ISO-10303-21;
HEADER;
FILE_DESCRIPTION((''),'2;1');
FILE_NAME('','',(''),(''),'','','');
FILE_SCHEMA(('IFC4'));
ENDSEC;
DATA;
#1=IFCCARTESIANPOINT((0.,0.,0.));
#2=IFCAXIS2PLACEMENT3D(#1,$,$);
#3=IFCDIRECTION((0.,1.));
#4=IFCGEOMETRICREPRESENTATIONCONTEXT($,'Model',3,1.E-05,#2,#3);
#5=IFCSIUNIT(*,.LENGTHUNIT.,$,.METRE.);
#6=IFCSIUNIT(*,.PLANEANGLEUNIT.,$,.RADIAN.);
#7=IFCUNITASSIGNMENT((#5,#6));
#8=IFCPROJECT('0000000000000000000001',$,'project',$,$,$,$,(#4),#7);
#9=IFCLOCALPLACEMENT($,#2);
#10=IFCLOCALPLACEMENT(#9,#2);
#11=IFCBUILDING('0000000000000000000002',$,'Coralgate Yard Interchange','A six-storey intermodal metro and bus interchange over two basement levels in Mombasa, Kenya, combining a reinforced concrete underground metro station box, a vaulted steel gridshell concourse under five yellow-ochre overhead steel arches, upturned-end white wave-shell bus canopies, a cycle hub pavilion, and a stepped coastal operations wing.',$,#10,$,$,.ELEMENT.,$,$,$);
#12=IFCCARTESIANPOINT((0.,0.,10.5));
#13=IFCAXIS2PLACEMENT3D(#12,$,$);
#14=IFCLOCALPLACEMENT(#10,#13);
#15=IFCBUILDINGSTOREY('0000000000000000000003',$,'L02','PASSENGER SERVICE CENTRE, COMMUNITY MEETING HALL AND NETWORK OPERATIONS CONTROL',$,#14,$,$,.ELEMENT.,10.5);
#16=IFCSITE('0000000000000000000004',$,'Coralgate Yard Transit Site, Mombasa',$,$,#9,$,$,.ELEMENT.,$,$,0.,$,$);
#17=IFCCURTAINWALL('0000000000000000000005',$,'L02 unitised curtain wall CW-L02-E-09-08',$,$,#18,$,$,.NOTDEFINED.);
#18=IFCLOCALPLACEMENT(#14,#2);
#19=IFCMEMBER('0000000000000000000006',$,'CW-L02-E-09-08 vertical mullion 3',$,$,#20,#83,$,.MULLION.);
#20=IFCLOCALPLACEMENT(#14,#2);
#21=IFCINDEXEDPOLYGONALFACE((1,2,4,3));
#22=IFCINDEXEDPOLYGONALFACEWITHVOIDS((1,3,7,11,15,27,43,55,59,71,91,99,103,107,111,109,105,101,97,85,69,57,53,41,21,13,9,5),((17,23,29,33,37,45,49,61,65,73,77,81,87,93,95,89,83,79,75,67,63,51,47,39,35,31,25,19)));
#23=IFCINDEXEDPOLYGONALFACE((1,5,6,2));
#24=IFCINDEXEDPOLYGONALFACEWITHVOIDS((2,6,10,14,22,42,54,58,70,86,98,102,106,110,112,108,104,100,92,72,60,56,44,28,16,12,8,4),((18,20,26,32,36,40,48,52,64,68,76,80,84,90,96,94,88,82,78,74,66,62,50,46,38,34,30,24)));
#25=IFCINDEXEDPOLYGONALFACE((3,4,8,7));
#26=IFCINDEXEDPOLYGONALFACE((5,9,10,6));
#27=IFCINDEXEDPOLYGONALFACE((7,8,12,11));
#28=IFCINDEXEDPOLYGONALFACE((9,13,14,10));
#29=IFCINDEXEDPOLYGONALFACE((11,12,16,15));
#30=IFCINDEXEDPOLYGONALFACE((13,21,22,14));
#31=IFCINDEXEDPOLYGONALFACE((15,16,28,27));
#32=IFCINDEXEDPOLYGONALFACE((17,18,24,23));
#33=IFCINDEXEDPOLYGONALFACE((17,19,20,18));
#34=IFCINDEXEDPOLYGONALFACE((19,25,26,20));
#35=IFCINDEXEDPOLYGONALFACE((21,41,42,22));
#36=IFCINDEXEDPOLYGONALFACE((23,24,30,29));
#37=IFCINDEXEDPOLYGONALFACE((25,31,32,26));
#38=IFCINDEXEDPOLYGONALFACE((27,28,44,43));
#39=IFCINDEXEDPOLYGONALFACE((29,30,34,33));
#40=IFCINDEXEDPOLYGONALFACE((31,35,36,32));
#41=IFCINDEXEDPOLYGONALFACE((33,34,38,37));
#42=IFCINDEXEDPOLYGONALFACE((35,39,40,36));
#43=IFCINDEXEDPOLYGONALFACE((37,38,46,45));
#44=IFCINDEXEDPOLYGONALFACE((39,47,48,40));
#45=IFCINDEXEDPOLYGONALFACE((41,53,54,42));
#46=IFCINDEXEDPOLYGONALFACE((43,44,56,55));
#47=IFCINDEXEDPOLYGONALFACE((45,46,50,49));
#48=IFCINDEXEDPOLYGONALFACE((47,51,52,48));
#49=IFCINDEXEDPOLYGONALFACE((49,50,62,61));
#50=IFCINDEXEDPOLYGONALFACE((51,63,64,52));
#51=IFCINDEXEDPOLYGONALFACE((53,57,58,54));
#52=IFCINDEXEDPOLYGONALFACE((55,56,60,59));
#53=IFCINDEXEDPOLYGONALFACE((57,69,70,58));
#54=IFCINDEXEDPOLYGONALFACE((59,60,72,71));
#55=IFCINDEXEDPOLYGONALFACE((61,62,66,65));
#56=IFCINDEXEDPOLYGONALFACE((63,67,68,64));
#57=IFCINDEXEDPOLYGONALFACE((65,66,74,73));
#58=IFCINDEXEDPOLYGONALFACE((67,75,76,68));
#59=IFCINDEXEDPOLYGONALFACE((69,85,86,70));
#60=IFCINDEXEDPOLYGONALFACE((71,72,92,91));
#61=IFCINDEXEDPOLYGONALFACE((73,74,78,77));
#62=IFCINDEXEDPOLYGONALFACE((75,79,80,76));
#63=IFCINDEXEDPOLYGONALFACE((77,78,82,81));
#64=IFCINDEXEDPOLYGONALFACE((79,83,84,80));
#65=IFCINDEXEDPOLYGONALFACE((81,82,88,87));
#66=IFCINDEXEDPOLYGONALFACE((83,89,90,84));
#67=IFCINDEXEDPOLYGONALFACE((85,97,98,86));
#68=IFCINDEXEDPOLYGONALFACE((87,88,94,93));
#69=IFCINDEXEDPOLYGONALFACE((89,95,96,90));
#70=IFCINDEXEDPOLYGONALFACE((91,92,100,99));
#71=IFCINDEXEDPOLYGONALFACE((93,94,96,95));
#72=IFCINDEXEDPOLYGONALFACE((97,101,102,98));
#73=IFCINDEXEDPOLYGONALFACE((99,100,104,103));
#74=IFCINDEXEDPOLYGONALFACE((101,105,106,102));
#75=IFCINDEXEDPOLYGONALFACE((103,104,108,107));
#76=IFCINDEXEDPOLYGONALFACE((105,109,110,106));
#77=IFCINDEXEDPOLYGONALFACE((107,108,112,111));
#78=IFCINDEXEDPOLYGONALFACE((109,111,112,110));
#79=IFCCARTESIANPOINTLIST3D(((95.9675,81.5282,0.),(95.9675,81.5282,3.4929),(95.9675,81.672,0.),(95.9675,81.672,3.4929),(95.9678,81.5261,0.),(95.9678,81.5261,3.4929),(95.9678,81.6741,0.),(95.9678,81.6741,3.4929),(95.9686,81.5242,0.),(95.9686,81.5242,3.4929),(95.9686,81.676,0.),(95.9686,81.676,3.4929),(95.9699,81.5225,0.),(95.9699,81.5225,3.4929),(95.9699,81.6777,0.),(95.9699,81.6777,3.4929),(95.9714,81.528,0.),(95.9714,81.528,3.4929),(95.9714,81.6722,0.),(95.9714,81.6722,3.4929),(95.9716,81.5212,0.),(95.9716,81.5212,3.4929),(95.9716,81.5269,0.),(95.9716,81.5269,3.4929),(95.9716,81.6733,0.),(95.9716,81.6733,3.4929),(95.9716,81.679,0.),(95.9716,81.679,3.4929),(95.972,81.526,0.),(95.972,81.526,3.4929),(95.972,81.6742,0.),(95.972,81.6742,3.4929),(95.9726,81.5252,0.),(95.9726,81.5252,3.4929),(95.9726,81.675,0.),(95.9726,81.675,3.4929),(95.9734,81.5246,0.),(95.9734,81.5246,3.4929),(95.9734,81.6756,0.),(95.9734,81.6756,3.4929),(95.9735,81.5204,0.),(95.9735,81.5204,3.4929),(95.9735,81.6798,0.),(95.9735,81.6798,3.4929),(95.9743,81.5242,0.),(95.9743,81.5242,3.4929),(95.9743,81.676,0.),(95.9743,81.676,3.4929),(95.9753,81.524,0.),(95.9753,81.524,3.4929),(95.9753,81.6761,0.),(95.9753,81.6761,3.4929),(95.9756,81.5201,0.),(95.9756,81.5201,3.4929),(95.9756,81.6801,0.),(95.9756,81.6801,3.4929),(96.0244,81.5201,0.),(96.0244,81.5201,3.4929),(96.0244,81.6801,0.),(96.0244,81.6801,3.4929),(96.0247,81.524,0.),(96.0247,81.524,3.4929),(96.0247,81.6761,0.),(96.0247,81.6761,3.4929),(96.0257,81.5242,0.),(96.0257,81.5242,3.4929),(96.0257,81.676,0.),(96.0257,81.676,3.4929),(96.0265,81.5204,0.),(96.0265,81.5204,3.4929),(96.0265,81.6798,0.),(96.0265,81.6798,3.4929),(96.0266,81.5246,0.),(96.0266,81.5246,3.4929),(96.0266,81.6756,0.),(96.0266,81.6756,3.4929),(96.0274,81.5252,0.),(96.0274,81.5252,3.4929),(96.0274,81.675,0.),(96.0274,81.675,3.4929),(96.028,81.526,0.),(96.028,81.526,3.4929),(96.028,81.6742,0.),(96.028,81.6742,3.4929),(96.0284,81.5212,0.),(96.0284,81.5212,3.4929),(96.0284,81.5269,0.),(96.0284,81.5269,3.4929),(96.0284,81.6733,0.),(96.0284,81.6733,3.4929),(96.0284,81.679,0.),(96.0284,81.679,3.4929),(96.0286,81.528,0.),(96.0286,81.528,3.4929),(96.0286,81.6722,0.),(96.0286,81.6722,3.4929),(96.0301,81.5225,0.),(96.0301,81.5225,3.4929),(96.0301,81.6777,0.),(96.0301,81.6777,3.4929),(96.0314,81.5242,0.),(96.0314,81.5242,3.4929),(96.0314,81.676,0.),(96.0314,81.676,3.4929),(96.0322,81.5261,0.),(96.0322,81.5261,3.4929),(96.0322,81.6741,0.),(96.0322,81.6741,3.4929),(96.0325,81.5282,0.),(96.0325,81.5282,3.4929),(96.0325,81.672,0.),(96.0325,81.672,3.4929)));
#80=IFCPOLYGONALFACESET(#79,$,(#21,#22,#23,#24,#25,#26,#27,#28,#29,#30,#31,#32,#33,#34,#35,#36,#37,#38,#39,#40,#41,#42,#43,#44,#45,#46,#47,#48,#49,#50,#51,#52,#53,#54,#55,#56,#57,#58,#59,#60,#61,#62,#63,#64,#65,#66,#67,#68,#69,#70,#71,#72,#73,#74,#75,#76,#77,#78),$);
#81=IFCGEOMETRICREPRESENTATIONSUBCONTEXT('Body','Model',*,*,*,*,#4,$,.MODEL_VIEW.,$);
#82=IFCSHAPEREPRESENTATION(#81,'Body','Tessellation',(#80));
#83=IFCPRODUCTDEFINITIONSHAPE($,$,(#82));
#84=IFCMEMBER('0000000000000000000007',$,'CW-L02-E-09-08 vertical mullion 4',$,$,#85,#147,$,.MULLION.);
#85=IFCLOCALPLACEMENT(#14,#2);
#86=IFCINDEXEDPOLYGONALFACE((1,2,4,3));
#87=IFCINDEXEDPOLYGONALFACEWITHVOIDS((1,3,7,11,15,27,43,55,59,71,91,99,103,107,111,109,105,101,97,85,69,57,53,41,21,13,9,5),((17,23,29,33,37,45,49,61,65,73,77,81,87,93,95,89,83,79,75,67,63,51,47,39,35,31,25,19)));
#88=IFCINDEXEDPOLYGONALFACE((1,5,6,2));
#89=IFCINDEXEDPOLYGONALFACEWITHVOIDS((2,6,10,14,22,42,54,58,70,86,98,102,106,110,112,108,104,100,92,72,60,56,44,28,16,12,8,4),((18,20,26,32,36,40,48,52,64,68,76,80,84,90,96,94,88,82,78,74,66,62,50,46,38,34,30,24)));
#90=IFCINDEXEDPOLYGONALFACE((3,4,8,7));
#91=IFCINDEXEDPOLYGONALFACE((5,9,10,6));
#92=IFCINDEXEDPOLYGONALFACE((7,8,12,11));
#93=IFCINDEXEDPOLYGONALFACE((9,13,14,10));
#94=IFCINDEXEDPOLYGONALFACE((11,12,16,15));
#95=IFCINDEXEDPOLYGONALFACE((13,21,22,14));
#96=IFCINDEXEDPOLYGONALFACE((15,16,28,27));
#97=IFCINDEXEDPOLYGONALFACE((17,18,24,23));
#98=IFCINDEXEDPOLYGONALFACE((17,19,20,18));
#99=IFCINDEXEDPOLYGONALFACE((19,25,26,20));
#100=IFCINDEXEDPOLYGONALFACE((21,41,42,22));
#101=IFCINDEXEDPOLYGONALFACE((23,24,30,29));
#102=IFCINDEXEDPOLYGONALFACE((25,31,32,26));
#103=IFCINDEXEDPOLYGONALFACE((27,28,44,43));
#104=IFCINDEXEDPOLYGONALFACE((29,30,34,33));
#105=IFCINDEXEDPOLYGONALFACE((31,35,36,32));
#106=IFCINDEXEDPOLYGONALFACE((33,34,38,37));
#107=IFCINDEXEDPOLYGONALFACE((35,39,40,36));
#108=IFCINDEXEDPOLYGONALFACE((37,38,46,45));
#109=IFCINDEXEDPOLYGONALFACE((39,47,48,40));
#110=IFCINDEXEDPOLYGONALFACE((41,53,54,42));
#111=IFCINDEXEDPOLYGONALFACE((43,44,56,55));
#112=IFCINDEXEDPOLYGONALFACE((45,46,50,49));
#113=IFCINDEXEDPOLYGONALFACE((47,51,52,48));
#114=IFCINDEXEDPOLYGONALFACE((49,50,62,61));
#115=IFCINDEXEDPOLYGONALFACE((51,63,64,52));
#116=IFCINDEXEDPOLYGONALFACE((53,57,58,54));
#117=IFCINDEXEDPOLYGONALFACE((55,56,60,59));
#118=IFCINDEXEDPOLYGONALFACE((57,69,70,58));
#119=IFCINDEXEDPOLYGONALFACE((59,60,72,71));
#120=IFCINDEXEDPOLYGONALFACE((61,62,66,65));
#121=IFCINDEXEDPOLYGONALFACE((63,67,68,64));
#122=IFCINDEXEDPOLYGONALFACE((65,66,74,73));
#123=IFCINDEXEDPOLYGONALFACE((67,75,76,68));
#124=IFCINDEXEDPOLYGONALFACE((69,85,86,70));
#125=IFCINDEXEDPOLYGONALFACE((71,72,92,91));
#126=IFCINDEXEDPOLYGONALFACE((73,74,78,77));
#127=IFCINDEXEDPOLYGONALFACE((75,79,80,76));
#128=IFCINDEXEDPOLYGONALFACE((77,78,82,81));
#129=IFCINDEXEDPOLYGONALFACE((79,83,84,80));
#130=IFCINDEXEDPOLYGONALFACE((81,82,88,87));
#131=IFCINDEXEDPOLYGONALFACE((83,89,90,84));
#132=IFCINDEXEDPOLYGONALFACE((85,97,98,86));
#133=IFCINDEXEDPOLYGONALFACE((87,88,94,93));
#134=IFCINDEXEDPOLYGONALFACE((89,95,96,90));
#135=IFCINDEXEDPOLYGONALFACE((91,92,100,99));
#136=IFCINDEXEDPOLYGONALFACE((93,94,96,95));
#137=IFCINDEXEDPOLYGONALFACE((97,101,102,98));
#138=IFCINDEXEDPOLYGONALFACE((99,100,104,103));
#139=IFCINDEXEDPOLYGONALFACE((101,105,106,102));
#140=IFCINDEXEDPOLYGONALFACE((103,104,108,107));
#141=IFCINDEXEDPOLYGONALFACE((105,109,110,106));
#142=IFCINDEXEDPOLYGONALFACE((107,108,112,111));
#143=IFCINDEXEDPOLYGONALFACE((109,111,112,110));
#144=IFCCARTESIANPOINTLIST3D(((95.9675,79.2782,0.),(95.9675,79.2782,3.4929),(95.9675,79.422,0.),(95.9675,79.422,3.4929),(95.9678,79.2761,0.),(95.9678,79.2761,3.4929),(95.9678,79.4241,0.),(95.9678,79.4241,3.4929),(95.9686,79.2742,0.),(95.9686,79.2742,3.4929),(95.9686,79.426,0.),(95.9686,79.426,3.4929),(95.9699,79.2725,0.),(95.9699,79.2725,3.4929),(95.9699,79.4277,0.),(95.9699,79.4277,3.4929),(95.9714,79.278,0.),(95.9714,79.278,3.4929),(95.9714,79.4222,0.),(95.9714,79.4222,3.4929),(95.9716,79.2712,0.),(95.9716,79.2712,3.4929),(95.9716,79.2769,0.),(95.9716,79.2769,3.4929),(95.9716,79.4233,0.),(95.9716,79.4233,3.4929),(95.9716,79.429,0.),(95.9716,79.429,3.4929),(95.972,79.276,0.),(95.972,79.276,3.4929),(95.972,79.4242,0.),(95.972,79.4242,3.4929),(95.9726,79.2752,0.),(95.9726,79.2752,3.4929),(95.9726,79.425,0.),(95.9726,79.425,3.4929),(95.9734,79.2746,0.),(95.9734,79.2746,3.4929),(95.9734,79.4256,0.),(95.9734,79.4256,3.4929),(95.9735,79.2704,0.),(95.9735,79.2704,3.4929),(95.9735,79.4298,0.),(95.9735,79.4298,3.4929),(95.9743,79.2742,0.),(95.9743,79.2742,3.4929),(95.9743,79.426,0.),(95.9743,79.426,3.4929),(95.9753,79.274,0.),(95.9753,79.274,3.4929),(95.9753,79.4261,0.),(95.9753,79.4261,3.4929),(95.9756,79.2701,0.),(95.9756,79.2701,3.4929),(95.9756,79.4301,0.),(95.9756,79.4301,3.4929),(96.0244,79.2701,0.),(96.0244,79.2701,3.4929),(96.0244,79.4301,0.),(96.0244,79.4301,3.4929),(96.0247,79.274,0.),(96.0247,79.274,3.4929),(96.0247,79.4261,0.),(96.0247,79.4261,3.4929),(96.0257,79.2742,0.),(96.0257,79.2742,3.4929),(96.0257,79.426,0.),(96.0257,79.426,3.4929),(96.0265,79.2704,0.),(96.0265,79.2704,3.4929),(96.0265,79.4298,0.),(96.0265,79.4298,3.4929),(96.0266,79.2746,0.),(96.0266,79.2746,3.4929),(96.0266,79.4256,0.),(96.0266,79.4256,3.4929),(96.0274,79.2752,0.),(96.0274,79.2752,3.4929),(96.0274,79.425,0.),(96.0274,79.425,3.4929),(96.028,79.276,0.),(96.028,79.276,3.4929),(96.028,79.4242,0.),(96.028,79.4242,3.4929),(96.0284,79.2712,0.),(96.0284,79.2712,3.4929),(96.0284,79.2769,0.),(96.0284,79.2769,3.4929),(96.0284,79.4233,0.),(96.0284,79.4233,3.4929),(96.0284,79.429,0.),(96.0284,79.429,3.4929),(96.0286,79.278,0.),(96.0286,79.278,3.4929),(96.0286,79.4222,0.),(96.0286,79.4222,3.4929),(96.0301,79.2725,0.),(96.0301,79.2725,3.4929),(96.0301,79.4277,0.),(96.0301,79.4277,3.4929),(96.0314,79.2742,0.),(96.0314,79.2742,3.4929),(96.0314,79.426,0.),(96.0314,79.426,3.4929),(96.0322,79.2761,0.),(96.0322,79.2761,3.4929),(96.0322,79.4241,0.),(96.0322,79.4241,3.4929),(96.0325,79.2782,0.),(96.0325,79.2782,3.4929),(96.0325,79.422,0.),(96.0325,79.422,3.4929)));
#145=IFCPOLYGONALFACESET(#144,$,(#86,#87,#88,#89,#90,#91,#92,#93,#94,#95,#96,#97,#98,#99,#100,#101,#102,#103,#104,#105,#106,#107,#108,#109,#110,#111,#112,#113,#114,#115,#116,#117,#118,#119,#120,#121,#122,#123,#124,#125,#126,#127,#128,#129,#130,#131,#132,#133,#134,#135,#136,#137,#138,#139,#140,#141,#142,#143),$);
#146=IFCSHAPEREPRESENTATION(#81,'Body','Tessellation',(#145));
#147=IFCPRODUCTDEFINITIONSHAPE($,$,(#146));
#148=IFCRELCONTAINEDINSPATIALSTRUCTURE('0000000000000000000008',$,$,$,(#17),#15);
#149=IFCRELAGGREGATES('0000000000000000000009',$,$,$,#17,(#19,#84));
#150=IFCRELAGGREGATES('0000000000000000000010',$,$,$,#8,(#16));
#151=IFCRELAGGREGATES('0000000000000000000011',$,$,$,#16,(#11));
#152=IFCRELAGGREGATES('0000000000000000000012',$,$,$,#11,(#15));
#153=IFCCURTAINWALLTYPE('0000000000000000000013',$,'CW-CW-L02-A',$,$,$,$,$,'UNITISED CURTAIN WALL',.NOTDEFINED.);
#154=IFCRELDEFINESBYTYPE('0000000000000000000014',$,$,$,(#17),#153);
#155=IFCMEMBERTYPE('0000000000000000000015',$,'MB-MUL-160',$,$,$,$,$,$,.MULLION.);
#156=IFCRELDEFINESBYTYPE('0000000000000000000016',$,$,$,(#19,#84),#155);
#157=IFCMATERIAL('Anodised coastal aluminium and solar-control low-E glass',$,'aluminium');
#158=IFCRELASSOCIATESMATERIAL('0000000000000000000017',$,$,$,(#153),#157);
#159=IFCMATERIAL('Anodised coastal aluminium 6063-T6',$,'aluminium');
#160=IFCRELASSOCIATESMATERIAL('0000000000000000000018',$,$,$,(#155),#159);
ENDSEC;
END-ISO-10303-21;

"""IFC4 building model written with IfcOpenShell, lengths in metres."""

from ifc_helpers import new_model, si_unit, direction, frame, origin, origin_2d, place, context, subcontext, project, spatial, hollow_rectangle, extrude, material, material_profile, profile_set, type_object, element, aggregate, save


model = new_model("IFC4")

# Units and contexts
model_context = context("Model", 3, precision=1e-05, world=origin(), true_north=direction((0.0, 1.0)))
body_context = subcontext(model_context, "Body", "Model", "MODEL_VIEW")
ifc_project = project(units=[si_unit("LENGTHUNIT", "METRE"), si_unit("PLANEANGLEUNIT", "RADIAN")], contexts=[model_context])

# Site, building, storey
site_placement = place(None, origin())
site = spatial("IfcSite", under=ifc_project, at=site_placement, Name="Coralgate Yard Transit Site, Mombasa", CompositionType="ELEMENT", RefElevation=0.0)
building_placement = place(site_placement, origin())
building = spatial("IfcBuilding", under=site, at=building_placement, Name="Coralgate Yard Interchange", Description="A six-storey intermodal metro and bus interchange over two basement levels in Mombasa, Kenya, combining a reinforced concrete underground metro station box, a vaulted steel gridshell concourse under five yellow-ochre overhead steel arches, upturned-end white wave-shell bus canopies, a cycle hub pavilion, and a stepped coastal operations wing.", CompositionType="ELEMENT")
storey_placement = place(building_placement, frame((0.0, 0.0, 10.5)))
storey = spatial("IfcBuildingStorey", under=building, at=storey_placement, Name="L02", Description="PASSENGER SERVICE CENTRE, COMMUNITY MEETING HALL AND NETWORK OPERATIONS CONTROL", CompositionType="ELEMENT", Elevation=10.5)

# Shared definitions
ifc_material_1 = material(Name="Anodised coastal aluminium and solar-control low-E glass", Category="aluminium")
curtain_wall_type = type_object("IfcCurtainWallType", Name="CW-CW-L02-A", ElementType="UNITISED CURTAIN WALL", PredefinedType="NOTDEFINED", material=ifc_material_1)
ifc_material_2 = material(Name="Anodised coastal aluminium 6063-T6", Category="aluminium")
ifc_material_profile_1 = material_profile(ifc_material_2, hollow_rectangle(XDim=0.0649, YDim=0.1599, WallThickness=0.0039, InnerFilletRadius=0.0039, OuterFilletRadius=0.0081, at=origin_2d()), Name="ALU 65x160x4")
ifc_profile_set_1 = profile_set([ifc_material_profile_1], Name="Anodised coastal aluminium 6063-T6")
member_type_1 = type_object("IfcMemberType", Name="MB-MUL-160", PredefinedType="MULLION", material=ifc_profile_set_1)

# Curtain wall, members
curtain_wall_1_placement = place(storey_placement, origin())
curtain_wall_1 = element("IfcCurtainWall", 1, at=curtain_wall_1_placement, inside=storey, type_object=curtain_wall_type, Name="L02 unitised curtain wall CW-L02-E-09-08", PredefinedType="NOTDEFINED")
member_1_placement = place(storey_placement, frame((96.0, 81.6001, 0.0), z_axis=(0.0, 0.0, 1.0), x_axis=(1.0, 0.0, 0.0)))
member_1 = element("IfcMember", 2, at=member_1_placement, type_object=member_type_1, Name="CW-L02-E-09-08 vertical mullion 3", PredefinedType="MULLION", context=body_context, shape_type="SweptSolid", body=[
    extrude(hollow_rectangle(XDim=0.0649, YDim=0.1599, WallThickness=0.0039, InnerFilletRadius=0.0039, OuterFilletRadius=0.0081, at=origin_2d()), origin(), (0.0, 0.0, 1.0), 3.4929),
])
member_2_placement = place(storey_placement, frame((96.0, 79.3501, 0.0), z_axis=(0.0, 0.0, 1.0), x_axis=(1.0, 0.0, 0.0)))
member_2 = element("IfcMember", 3, at=member_2_placement, type_object=member_type_1, Name="CW-L02-E-09-08 vertical mullion 4", PredefinedType="MULLION", context=body_context, shape_type="SweptSolid", body=[
    extrude(hollow_rectangle(XDim=0.0649, YDim=0.1599, WallThickness=0.0039, InnerFilletRadius=0.0039, OuterFilletRadius=0.0081, at=origin_2d()), origin(), (0.0, 0.0, 1.0), 3.4929),
])

aggregate(curtain_wall_1, [member_1, member_2])

save(model, "model.ifc")
